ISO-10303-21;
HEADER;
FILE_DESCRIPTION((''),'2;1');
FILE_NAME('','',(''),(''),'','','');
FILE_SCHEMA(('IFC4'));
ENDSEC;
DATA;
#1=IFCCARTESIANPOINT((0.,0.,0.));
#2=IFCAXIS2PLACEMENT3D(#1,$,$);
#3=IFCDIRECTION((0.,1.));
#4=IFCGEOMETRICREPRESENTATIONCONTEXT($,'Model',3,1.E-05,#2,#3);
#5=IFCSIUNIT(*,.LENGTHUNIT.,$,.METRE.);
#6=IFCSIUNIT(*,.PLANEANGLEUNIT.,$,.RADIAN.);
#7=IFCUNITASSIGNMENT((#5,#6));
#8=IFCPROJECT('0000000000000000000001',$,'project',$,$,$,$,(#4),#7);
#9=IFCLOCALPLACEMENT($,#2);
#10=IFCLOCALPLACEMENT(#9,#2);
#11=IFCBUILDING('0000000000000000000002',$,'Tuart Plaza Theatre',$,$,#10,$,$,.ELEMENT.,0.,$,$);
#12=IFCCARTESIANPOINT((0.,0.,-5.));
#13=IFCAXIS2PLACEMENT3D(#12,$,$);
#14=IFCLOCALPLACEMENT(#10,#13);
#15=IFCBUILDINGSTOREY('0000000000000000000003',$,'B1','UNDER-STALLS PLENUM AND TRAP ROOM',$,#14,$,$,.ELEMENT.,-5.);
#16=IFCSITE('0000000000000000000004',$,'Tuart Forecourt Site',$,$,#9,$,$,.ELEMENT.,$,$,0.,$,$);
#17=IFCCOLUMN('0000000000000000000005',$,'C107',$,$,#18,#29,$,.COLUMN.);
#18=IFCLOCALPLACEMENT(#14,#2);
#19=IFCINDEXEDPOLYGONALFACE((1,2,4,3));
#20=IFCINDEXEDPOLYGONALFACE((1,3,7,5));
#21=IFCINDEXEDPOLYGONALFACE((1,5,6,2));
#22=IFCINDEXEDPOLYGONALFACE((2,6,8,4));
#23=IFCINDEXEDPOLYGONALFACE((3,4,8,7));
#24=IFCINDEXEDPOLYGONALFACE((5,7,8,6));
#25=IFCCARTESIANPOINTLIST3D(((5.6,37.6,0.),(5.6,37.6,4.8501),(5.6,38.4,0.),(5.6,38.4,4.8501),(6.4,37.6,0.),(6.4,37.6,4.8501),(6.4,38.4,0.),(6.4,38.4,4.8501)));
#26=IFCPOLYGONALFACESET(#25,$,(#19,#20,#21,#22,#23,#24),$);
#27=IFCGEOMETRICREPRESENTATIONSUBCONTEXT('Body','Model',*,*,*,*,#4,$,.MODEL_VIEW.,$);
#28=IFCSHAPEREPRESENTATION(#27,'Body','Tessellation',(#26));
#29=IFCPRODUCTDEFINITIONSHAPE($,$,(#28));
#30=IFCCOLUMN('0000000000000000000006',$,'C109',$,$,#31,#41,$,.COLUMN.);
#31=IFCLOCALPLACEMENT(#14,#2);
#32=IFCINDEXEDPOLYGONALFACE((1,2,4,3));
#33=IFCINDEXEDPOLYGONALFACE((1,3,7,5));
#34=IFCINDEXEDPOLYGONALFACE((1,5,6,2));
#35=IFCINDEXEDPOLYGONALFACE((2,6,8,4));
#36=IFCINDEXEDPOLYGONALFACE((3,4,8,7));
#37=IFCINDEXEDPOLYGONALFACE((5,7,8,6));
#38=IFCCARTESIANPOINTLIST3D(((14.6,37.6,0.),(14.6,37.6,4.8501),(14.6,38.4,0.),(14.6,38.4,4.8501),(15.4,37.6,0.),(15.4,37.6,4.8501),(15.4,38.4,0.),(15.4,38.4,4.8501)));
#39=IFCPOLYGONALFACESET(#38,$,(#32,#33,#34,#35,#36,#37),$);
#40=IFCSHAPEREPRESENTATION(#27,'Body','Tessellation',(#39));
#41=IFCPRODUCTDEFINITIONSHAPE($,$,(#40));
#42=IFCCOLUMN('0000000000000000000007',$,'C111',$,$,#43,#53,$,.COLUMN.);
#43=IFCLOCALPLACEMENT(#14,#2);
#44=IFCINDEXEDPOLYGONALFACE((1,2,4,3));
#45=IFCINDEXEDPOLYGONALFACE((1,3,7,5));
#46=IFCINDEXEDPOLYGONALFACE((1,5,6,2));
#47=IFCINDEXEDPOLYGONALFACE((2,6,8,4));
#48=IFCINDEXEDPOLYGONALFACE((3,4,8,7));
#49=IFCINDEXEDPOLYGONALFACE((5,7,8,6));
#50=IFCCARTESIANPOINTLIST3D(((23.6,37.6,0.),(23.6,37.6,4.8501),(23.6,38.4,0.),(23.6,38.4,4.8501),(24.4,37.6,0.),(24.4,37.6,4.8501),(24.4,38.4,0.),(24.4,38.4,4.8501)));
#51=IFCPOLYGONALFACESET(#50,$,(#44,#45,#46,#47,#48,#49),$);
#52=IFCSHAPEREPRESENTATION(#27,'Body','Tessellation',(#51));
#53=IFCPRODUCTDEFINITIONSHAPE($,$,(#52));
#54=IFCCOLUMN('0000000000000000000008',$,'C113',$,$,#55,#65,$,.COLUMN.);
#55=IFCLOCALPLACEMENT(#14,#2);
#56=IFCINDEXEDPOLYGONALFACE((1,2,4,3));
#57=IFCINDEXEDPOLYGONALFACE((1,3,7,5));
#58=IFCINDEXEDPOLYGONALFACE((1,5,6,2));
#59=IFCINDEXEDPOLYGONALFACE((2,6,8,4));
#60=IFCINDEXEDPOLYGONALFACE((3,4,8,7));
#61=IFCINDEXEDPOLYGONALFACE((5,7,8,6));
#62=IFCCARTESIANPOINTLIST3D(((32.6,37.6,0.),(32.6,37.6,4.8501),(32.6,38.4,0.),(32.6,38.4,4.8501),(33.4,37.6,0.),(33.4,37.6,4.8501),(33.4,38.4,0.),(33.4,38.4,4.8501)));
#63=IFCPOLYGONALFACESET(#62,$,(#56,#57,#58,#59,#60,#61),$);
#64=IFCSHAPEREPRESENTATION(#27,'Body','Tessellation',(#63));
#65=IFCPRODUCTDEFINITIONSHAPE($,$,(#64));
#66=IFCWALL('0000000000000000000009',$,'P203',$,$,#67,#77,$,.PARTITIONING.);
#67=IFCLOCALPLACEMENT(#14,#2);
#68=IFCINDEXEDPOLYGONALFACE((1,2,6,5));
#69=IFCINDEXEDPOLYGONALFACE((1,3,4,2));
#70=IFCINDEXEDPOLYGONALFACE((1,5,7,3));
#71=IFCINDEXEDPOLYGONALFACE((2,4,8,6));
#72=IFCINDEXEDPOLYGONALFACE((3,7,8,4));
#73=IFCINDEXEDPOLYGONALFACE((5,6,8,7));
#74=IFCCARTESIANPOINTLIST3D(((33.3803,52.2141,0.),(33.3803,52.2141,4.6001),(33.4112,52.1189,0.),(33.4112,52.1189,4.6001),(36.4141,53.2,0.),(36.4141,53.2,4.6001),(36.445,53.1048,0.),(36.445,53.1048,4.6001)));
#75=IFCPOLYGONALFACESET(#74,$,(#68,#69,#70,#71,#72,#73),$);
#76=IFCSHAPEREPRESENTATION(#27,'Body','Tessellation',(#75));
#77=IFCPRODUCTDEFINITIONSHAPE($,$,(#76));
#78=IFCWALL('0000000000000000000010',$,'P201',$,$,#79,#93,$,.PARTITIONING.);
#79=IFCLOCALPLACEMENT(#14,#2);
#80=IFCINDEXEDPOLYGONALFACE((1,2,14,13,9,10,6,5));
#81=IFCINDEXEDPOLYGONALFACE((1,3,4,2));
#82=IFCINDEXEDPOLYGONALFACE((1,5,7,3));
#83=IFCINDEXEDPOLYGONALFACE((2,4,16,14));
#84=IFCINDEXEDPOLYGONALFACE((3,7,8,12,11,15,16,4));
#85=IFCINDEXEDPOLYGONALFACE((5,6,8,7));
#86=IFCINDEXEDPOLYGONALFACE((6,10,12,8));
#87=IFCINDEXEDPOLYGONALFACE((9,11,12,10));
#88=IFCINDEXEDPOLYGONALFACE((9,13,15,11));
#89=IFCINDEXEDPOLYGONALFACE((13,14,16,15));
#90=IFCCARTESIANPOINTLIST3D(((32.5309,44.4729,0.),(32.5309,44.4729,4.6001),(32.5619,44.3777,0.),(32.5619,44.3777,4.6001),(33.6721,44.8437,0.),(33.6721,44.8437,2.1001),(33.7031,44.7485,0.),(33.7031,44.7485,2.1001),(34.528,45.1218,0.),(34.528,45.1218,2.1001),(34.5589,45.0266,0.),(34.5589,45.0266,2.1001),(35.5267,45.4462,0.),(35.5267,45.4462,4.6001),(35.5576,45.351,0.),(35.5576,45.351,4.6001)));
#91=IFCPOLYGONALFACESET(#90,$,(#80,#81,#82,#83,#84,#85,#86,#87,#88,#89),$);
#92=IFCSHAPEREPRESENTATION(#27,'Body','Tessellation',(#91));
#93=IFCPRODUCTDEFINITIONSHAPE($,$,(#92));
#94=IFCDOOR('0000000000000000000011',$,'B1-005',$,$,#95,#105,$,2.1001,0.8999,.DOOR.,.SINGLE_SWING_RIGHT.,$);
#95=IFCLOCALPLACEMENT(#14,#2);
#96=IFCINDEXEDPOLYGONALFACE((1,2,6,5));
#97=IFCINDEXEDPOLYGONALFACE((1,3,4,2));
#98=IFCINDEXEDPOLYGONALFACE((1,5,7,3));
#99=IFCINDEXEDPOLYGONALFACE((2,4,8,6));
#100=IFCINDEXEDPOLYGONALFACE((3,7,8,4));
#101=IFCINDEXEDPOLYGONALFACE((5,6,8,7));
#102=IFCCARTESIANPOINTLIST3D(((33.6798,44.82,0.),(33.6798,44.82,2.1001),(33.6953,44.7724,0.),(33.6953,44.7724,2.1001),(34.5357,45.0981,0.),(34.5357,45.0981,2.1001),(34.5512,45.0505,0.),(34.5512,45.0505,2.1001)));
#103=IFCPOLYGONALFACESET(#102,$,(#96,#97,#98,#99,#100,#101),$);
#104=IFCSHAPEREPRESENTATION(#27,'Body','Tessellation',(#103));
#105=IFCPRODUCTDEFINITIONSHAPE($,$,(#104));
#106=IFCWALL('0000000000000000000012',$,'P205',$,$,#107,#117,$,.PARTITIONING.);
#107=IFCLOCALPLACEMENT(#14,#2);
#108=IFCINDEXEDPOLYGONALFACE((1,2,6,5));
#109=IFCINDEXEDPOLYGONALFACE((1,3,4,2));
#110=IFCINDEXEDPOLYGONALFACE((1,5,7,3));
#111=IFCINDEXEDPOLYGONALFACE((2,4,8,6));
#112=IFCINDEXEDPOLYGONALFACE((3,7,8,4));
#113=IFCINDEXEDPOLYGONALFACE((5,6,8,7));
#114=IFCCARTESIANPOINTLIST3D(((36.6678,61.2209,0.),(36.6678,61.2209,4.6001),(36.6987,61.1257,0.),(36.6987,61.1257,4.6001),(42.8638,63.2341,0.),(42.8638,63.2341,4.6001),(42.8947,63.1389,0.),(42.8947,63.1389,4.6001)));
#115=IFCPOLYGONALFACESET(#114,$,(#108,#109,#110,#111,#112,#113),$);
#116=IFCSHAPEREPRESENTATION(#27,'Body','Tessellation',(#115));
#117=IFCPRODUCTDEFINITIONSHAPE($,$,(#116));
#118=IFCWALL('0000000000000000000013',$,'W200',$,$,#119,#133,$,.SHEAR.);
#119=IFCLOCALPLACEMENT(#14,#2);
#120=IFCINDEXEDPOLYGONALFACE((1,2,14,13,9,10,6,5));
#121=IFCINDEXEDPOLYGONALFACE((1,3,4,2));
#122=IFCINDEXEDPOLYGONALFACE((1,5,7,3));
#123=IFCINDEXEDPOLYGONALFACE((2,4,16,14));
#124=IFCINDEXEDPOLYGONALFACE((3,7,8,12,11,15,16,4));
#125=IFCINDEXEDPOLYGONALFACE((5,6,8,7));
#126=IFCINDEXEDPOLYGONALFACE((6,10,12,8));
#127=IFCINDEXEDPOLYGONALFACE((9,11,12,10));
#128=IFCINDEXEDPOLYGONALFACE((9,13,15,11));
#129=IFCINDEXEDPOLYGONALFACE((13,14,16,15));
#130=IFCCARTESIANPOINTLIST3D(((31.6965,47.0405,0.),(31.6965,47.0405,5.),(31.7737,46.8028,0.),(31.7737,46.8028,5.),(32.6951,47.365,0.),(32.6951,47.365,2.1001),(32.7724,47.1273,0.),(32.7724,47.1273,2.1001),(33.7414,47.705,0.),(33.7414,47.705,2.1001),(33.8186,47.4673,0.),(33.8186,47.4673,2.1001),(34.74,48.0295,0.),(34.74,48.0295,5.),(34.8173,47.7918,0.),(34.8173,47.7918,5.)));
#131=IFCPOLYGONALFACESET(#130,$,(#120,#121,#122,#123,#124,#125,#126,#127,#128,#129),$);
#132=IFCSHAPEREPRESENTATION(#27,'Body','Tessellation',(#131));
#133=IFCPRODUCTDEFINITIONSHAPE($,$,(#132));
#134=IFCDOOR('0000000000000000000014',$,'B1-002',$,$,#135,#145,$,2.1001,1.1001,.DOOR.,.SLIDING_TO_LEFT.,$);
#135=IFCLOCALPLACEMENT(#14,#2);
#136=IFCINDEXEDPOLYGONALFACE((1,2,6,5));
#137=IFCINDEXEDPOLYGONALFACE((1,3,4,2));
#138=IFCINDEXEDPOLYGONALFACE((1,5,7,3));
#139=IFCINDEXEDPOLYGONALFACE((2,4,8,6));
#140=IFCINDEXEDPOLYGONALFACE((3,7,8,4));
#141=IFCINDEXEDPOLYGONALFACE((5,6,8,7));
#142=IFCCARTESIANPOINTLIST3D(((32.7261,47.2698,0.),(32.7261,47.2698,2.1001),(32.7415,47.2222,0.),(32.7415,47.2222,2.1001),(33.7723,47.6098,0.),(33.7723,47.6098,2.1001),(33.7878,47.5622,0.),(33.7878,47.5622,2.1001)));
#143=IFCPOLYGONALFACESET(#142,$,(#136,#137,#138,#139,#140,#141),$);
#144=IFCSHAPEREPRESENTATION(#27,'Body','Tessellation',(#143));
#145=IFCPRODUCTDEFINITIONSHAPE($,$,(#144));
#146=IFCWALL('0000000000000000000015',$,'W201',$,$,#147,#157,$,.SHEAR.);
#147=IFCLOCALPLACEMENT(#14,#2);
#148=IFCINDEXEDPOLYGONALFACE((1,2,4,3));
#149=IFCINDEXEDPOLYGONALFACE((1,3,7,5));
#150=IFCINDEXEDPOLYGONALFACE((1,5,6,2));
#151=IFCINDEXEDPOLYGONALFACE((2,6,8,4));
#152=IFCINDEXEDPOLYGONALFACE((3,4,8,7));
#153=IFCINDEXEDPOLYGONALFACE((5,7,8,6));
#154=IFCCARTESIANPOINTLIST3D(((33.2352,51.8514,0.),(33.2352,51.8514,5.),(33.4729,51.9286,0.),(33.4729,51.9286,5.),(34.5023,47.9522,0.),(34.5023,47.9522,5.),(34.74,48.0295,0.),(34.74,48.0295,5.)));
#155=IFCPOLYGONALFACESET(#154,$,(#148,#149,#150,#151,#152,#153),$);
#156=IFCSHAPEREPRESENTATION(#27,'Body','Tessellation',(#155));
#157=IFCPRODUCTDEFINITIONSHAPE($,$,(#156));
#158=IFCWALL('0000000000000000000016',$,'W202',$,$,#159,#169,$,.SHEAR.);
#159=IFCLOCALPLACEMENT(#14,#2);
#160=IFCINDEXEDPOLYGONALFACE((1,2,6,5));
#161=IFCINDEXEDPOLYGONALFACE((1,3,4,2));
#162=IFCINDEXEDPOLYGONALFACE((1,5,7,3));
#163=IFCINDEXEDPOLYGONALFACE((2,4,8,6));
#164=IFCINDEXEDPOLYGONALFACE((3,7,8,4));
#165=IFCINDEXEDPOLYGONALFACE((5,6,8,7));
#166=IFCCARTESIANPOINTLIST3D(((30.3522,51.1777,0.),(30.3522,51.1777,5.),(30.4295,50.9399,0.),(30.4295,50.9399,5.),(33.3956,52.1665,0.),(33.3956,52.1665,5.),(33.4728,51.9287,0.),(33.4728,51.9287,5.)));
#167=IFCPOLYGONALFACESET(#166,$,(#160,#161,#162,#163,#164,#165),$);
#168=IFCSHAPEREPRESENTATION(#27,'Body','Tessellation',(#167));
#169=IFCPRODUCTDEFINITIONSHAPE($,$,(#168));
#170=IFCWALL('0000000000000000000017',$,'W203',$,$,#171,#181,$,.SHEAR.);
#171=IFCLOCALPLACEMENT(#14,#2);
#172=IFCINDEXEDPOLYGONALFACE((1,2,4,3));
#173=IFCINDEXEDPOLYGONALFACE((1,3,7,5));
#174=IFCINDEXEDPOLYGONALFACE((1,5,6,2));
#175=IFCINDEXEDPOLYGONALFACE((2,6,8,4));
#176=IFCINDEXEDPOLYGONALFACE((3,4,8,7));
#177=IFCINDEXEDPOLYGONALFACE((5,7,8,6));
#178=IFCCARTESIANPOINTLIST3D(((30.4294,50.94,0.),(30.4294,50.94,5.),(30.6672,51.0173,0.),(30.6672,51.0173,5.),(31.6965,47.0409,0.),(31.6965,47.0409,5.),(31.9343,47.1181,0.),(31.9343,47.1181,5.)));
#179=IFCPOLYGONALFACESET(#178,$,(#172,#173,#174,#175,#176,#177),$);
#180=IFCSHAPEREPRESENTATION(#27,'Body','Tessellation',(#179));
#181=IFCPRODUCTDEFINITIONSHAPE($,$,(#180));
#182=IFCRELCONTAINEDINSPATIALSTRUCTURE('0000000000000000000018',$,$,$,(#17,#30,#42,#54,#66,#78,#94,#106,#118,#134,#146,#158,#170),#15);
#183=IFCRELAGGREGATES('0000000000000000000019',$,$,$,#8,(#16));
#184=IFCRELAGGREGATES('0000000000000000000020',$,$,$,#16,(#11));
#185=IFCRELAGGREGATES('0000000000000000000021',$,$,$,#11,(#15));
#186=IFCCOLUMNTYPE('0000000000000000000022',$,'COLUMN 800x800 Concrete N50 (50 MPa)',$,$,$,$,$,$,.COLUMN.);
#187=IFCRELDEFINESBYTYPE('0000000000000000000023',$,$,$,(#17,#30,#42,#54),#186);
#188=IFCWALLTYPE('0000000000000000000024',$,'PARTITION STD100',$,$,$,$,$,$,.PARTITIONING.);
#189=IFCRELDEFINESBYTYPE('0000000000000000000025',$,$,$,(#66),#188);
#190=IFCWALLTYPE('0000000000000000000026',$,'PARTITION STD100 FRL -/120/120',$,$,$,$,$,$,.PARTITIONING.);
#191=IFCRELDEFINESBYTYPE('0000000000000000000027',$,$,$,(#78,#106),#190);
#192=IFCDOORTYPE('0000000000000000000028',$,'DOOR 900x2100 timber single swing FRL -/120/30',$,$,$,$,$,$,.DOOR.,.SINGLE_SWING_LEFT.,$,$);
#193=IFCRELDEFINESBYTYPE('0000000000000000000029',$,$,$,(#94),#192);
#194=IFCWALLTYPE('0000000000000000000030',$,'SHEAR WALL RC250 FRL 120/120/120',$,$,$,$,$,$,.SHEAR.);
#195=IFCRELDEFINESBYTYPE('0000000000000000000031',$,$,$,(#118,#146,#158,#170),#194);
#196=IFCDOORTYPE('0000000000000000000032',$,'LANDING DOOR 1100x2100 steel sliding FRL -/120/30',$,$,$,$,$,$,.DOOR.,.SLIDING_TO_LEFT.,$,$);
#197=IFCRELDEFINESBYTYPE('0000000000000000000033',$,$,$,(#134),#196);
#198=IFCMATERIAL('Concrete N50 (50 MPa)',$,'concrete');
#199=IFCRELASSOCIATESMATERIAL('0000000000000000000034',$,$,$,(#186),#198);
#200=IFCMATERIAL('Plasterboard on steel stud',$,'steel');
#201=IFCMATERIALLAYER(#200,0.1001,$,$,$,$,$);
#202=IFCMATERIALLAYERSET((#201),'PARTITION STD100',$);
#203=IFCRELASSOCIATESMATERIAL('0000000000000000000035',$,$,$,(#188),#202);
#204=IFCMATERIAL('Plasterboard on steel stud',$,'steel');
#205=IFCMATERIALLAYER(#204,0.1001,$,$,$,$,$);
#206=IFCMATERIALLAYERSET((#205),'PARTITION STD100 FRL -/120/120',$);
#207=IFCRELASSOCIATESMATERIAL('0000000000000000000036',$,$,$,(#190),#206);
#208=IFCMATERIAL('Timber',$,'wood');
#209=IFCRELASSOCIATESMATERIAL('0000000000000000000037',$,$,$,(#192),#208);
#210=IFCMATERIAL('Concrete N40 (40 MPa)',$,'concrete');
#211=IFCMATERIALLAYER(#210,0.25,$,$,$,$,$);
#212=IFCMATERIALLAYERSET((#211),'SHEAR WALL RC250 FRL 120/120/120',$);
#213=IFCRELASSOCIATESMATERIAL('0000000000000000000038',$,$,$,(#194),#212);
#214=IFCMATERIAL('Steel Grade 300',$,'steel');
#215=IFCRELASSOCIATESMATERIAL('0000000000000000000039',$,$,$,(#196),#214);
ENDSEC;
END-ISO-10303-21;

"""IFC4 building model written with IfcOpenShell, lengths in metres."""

from ifc_helpers import new_model, si_unit, direction, frame, frame_2d, origin, origin_2d, place, context, subcontext, project, spatial, rectangle, extrude, material, layer, layer_set, material_profile, profile_set, type_object, element, fill, save


model = new_model("IFC4")

# Units and contexts
model_context = context("Model", 3, precision=1e-05, world=origin(), true_north=direction((0.0, 1.0)))
body_context = subcontext(model_context, "Body", "Model", "MODEL_VIEW")
ifc_project = project(units=[si_unit("LENGTHUNIT", "METRE"), si_unit("PLANEANGLEUNIT", "RADIAN")], contexts=[model_context])

# Site, building, storey
site_placement = place(None, origin())
site = spatial("IfcSite", under=ifc_project, at=site_placement, Name="Tuart Forecourt Site", CompositionType="ELEMENT", RefElevation=0.0)
building_placement = place(site_placement, origin())
building = spatial("IfcBuilding", under=site, at=building_placement, Name="Tuart Plaza Theatre", CompositionType="ELEMENT", ElevationOfRefHeight=0.0)
storey_placement = place(building_placement, frame((0.0, 0.0, -5.0)))
storey = spatial("IfcBuildingStorey", under=building, at=storey_placement, Name="B1", Description="UNDER-STALLS PLENUM AND TRAP ROOM", CompositionType="ELEMENT", Elevation=-5.0)

# Columns
ifc_material_1 = material(Name="Concrete N50 (50 MPa)", Category="concrete")
ifc_material_profile = material_profile(ifc_material_1, rectangle(XDim=0.8, YDim=0.8, at=origin_2d()), Name="COLUMN 800x800 Concrete N50 (50 MPa)")
ifc_profile_set = profile_set([ifc_material_profile], Name="Concrete N50 (50 MPa)")
column_type = type_object("IfcColumnType", Name="COLUMN 800x800 Concrete N50 (50 MPa)", PredefinedType="COLUMN", material=ifc_profile_set)
for number, where, z_axis, x_axis, name in (
    (1, (6.0, 38.0, 0.0), (0.0, 0.0, 1.0), (1.0, 0.0, 0.0), "C107"),
    (2, (15.0, 38.0, 0.0), (0.0, 0.0, 1.0), (1.0, 0.0, 0.0), "C109"),
    (3, (24.0, 38.0, 0.0), (0.0, 0.0, 1.0), (1.0, 0.0, 0.0), "C111"),
    (4, (33.0, 38.0, 0.0), (0.0, 0.0, 1.0), (1.0, 0.0, 0.0), "C113"),
):
    element("IfcColumn", number, at=place(storey_placement, frame(where, z_axis=z_axis, x_axis=x_axis)), inside=storey, type_object=column_type, Name=name, PredefinedType="COLUMN", context=body_context, shape_type="SweptSolid", body=[
        extrude(rectangle(XDim=0.8, YDim=0.8, at=origin_2d()), origin(), (0.0, 0.0, 1.0), 4.8501),
    ])

# Wall
ifc_material_2 = material(Name="Plasterboard on steel stud", Category="steel")
ifc_layer_1 = layer(ifc_material_2, 0.1001)
ifc_layer_set_1 = layer_set([ifc_layer_1], Name="PARTITION STD100")
wall_type_1 = type_object("IfcWallType", Name="PARTITION STD100", PredefinedType="PARTITIONING", material=ifc_layer_set_1)
wall_1_placement = place(storey_placement, frame((33.3958, 52.1665, 0.0), z_axis=(0.0, 0.0, 1.0), x_axis=(0.951044, 0.309055, 0.0)))
element("IfcWall", 5, at=wall_1_placement, inside=storey, type_object=wall_type_1, Name="P203", PredefinedType="PARTITIONING", context=body_context, shape_type="SweptSolid", body=[
    extrude(rectangle(XDim=3.1899, YDim=0.1001, at=frame_2d((1.595, 0.0))), origin(), (0.0, 0.0, 1.0), 4.6001),
])

# Wall, opening, door
ifc_material_3 = material(Name="Plasterboard on steel stud", Category="steel")
ifc_layer_2 = layer(ifc_material_3, 0.1001)
ifc_layer_set_2 = layer_set([ifc_layer_2], Name="PARTITION STD100 FRL -/120/120")
wall_type_2 = type_object("IfcWallType", Name="PARTITION STD100 FRL -/120/120", PredefinedType="PARTITIONING", material=ifc_layer_set_2)
wall_2_placement = place(storey_placement, frame((32.5464, 44.4253, 0.0), z_axis=(0.0, 0.0, 1.0), x_axis=(0.951059, 0.309011, 0.0)))
wall_2 = element("IfcWall", 6, at=wall_2_placement, inside=storey, type_object=wall_type_2, Name="P201", PredefinedType="PARTITIONING", context=body_context, shape_type="SweptSolid", body=[
    extrude(rectangle(XDim=3.1499, YDim=0.1001, at=frame_2d((1.575, 0.0))), origin(), (0.0, 0.0, 1.0), 4.6001),
])
opening_1_placement = place(wall_2_placement, frame((1.2, 0.0, 0.0)))
opening_1 = element("IfcOpeningElement", 7, at=opening_1_placement, cuts=wall_2, PredefinedType="OPENING", context=body_context, shape_type="SweptSolid", body=[
    extrude(rectangle(XDim=0.8999, YDim=2.1001, at=frame_2d((0.45, 1.05))), frame((0.0, 0.0601, 0.0), z_axis=(0.0, -1.0, 0.0), x_axis=(1.0, 0.0, 0.0)), (0.0, 0.0, 1.0), 0.1201),
])
ifc_material_4 = material(Name="Timber", Category="wood")
door_type_1 = type_object("IfcDoorType", Name="DOOR 900x2100 timber single swing FRL -/120/30", OperationType="SINGLE_SWING_LEFT", PredefinedType="DOOR", material=ifc_material_4)
door_1_placement = place(opening_1_placement, frame((0.8999, 0.0, 0.0), z_axis=(0.0, 0.0, 1.0), x_axis=(-1.0, 0.0, 0.0)))
door_1 = element("IfcDoor", 8, at=door_1_placement, inside=storey, type_object=door_type_1, Name="B1-005", OperationType="SINGLE_SWING_RIGHT", OverallHeight=2.1001, OverallWidth=0.8999, PredefinedType="DOOR", context=body_context, shape_type="SweptSolid", body=[
    extrude(rectangle(XDim=0.8999, YDim=2.1001, at=frame_2d((0.45, 1.05))), frame((0.0, 0.0249, 0.0), z_axis=(0.0, -1.0, 0.0), x_axis=(1.0, 0.0, 0.0)), (0.0, 0.0, 1.0), 0.05),
])
fill(opening_1, door_1)

# Wall
wall_3_placement = place(storey_placement, frame((36.6833, 61.1733, 0.0), z_axis=(0.0, 0.0, 1.0), x_axis=(0.951058, 0.309012, 0.0)))
element("IfcWall", 9, at=wall_3_placement, inside=storey, type_object=wall_type_2, Name="P205", PredefinedType="PARTITIONING", context=body_context, shape_type="SweptSolid", body=[
    extrude(rectangle(XDim=6.5149, YDim=0.1001, at=frame_2d((3.2573, 0.0))), origin(), (0.0, 0.0, 1.0), 4.6001),
])

# Wall, opening, door
ifc_material_5 = material(Name="Concrete N40 (40 MPa)", Category="concrete")
ifc_layer_3 = layer(ifc_material_5, 0.25)
ifc_layer_set_3 = layer_set([ifc_layer_3], Name="SHEAR WALL RC250 FRL 120/120/120")
wall_type_3 = type_object("IfcWallType", Name="SHEAR WALL RC250 FRL 120/120/120", PredefinedType="SHEAR", material=ifc_layer_set_3)
wall_4_placement = place(storey_placement, frame((31.7351, 46.9216, 0.0), z_axis=(0.0, 0.0, 1.0), x_axis=(0.951044, 0.309055, 0.0)))
wall_4 = element("IfcWall", 10, at=wall_4_placement, inside=storey, type_object=wall_type_3, Name="W200", PredefinedType="SHEAR", context=body_context, shape_type="SweptSolid", body=[
    extrude(rectangle(XDim=3.2002, YDim=0.25, at=frame_2d((1.6001, 0.0))), origin(), (0.0, 0.0, 1.0), 5.0),
])
opening_2_placement = place(wall_4_placement, frame((1.05, 0.0, 0.0)))
opening_2 = element("IfcOpeningElement", 11, at=opening_2_placement, cuts=wall_4, PredefinedType="OPENING", context=body_context, shape_type="SweptSolid", body=[
    extrude(rectangle(XDim=1.1001, YDim=2.1001, at=frame_2d((0.55, 1.05))), frame((0.0, 0.135, 0.0), z_axis=(0.0, -1.0, 0.0), x_axis=(1.0, 0.0, 0.0)), (0.0, 0.0, 1.0), 0.27),
])
ifc_material_6 = material(Name="Steel Grade 300", Category="steel")
door_type_2 = type_object("IfcDoorType", Name="LANDING DOOR 1100x2100 steel sliding FRL -/120/30", OperationType="SLIDING_TO_LEFT", PredefinedType="DOOR", material=ifc_material_6)
door_2_placement = place(opening_2_placement, origin())
door_2 = element("IfcDoor", 12, at=door_2_placement, inside=storey, type_object=door_type_2, Name="B1-002", OperationType="SLIDING_TO_LEFT", OverallHeight=2.1001, OverallWidth=1.1001, PredefinedType="DOOR", context=body_context, shape_type="SweptSolid", body=[
    extrude(rectangle(XDim=1.1001, YDim=2.1001, at=frame_2d((0.55, 1.05))), frame((0.0, 0.0249, 0.0), z_axis=(0.0, -1.0, 0.0), x_axis=(1.0, 0.0, 0.0)), (0.0, 0.0, 1.0), 0.05),
])
fill(opening_2, door_2)

# Walls
wall_5_placement = place(storey_placement, frame((34.6211, 47.991, 0.0), z_axis=(0.0, 0.0, 1.0), x_axis=(-0.309055, 0.951044, 0.0)))
element("IfcWall", 13, at=wall_5_placement, inside=storey, type_object=wall_type_3, Name="W201", PredefinedType="SHEAR", context=body_context, shape_type="SweptSolid", body=[
    extrude(rectangle(XDim=4.0999, YDim=0.25, at=frame_2d((2.0498, 0.0))), origin(), (0.0, 0.0, 1.0), 5.0),
])
wall_6_placement = place(storey_placement, frame((33.4343, 52.0476, 0.0), z_axis=(0.0, 0.0, 1.0), x_axis=(-0.951067, -0.308986, 0.0)))
element("IfcWall", 14, at=wall_6_placement, inside=storey, type_object=wall_type_3, Name="W202", PredefinedType="SHEAR", context=body_context, shape_type="SweptSolid", body=[
    extrude(rectangle(XDim=3.2, YDim=0.25, at=frame_2d((1.6001, 0.0))), origin(), (0.0, 0.0, 1.0), 5.0),
])
wall_7_placement = place(storey_placement, frame((30.5483, 50.9785, 0.0), z_axis=(0.0, 0.0, 1.0), x_axis=(0.309055, -0.951044, 0.0)))
element("IfcWall", 15, at=wall_7_placement, inside=storey, type_object=wall_type_3, Name="W203", PredefinedType="SHEAR", context=body_context, shape_type="SweptSolid", body=[
    extrude(rectangle(XDim=4.0999, YDim=0.25, at=frame_2d((2.0498, 0.0))), origin(), (0.0, 0.0, 1.0), 5.0),
])

save(model, "model.ifc")
